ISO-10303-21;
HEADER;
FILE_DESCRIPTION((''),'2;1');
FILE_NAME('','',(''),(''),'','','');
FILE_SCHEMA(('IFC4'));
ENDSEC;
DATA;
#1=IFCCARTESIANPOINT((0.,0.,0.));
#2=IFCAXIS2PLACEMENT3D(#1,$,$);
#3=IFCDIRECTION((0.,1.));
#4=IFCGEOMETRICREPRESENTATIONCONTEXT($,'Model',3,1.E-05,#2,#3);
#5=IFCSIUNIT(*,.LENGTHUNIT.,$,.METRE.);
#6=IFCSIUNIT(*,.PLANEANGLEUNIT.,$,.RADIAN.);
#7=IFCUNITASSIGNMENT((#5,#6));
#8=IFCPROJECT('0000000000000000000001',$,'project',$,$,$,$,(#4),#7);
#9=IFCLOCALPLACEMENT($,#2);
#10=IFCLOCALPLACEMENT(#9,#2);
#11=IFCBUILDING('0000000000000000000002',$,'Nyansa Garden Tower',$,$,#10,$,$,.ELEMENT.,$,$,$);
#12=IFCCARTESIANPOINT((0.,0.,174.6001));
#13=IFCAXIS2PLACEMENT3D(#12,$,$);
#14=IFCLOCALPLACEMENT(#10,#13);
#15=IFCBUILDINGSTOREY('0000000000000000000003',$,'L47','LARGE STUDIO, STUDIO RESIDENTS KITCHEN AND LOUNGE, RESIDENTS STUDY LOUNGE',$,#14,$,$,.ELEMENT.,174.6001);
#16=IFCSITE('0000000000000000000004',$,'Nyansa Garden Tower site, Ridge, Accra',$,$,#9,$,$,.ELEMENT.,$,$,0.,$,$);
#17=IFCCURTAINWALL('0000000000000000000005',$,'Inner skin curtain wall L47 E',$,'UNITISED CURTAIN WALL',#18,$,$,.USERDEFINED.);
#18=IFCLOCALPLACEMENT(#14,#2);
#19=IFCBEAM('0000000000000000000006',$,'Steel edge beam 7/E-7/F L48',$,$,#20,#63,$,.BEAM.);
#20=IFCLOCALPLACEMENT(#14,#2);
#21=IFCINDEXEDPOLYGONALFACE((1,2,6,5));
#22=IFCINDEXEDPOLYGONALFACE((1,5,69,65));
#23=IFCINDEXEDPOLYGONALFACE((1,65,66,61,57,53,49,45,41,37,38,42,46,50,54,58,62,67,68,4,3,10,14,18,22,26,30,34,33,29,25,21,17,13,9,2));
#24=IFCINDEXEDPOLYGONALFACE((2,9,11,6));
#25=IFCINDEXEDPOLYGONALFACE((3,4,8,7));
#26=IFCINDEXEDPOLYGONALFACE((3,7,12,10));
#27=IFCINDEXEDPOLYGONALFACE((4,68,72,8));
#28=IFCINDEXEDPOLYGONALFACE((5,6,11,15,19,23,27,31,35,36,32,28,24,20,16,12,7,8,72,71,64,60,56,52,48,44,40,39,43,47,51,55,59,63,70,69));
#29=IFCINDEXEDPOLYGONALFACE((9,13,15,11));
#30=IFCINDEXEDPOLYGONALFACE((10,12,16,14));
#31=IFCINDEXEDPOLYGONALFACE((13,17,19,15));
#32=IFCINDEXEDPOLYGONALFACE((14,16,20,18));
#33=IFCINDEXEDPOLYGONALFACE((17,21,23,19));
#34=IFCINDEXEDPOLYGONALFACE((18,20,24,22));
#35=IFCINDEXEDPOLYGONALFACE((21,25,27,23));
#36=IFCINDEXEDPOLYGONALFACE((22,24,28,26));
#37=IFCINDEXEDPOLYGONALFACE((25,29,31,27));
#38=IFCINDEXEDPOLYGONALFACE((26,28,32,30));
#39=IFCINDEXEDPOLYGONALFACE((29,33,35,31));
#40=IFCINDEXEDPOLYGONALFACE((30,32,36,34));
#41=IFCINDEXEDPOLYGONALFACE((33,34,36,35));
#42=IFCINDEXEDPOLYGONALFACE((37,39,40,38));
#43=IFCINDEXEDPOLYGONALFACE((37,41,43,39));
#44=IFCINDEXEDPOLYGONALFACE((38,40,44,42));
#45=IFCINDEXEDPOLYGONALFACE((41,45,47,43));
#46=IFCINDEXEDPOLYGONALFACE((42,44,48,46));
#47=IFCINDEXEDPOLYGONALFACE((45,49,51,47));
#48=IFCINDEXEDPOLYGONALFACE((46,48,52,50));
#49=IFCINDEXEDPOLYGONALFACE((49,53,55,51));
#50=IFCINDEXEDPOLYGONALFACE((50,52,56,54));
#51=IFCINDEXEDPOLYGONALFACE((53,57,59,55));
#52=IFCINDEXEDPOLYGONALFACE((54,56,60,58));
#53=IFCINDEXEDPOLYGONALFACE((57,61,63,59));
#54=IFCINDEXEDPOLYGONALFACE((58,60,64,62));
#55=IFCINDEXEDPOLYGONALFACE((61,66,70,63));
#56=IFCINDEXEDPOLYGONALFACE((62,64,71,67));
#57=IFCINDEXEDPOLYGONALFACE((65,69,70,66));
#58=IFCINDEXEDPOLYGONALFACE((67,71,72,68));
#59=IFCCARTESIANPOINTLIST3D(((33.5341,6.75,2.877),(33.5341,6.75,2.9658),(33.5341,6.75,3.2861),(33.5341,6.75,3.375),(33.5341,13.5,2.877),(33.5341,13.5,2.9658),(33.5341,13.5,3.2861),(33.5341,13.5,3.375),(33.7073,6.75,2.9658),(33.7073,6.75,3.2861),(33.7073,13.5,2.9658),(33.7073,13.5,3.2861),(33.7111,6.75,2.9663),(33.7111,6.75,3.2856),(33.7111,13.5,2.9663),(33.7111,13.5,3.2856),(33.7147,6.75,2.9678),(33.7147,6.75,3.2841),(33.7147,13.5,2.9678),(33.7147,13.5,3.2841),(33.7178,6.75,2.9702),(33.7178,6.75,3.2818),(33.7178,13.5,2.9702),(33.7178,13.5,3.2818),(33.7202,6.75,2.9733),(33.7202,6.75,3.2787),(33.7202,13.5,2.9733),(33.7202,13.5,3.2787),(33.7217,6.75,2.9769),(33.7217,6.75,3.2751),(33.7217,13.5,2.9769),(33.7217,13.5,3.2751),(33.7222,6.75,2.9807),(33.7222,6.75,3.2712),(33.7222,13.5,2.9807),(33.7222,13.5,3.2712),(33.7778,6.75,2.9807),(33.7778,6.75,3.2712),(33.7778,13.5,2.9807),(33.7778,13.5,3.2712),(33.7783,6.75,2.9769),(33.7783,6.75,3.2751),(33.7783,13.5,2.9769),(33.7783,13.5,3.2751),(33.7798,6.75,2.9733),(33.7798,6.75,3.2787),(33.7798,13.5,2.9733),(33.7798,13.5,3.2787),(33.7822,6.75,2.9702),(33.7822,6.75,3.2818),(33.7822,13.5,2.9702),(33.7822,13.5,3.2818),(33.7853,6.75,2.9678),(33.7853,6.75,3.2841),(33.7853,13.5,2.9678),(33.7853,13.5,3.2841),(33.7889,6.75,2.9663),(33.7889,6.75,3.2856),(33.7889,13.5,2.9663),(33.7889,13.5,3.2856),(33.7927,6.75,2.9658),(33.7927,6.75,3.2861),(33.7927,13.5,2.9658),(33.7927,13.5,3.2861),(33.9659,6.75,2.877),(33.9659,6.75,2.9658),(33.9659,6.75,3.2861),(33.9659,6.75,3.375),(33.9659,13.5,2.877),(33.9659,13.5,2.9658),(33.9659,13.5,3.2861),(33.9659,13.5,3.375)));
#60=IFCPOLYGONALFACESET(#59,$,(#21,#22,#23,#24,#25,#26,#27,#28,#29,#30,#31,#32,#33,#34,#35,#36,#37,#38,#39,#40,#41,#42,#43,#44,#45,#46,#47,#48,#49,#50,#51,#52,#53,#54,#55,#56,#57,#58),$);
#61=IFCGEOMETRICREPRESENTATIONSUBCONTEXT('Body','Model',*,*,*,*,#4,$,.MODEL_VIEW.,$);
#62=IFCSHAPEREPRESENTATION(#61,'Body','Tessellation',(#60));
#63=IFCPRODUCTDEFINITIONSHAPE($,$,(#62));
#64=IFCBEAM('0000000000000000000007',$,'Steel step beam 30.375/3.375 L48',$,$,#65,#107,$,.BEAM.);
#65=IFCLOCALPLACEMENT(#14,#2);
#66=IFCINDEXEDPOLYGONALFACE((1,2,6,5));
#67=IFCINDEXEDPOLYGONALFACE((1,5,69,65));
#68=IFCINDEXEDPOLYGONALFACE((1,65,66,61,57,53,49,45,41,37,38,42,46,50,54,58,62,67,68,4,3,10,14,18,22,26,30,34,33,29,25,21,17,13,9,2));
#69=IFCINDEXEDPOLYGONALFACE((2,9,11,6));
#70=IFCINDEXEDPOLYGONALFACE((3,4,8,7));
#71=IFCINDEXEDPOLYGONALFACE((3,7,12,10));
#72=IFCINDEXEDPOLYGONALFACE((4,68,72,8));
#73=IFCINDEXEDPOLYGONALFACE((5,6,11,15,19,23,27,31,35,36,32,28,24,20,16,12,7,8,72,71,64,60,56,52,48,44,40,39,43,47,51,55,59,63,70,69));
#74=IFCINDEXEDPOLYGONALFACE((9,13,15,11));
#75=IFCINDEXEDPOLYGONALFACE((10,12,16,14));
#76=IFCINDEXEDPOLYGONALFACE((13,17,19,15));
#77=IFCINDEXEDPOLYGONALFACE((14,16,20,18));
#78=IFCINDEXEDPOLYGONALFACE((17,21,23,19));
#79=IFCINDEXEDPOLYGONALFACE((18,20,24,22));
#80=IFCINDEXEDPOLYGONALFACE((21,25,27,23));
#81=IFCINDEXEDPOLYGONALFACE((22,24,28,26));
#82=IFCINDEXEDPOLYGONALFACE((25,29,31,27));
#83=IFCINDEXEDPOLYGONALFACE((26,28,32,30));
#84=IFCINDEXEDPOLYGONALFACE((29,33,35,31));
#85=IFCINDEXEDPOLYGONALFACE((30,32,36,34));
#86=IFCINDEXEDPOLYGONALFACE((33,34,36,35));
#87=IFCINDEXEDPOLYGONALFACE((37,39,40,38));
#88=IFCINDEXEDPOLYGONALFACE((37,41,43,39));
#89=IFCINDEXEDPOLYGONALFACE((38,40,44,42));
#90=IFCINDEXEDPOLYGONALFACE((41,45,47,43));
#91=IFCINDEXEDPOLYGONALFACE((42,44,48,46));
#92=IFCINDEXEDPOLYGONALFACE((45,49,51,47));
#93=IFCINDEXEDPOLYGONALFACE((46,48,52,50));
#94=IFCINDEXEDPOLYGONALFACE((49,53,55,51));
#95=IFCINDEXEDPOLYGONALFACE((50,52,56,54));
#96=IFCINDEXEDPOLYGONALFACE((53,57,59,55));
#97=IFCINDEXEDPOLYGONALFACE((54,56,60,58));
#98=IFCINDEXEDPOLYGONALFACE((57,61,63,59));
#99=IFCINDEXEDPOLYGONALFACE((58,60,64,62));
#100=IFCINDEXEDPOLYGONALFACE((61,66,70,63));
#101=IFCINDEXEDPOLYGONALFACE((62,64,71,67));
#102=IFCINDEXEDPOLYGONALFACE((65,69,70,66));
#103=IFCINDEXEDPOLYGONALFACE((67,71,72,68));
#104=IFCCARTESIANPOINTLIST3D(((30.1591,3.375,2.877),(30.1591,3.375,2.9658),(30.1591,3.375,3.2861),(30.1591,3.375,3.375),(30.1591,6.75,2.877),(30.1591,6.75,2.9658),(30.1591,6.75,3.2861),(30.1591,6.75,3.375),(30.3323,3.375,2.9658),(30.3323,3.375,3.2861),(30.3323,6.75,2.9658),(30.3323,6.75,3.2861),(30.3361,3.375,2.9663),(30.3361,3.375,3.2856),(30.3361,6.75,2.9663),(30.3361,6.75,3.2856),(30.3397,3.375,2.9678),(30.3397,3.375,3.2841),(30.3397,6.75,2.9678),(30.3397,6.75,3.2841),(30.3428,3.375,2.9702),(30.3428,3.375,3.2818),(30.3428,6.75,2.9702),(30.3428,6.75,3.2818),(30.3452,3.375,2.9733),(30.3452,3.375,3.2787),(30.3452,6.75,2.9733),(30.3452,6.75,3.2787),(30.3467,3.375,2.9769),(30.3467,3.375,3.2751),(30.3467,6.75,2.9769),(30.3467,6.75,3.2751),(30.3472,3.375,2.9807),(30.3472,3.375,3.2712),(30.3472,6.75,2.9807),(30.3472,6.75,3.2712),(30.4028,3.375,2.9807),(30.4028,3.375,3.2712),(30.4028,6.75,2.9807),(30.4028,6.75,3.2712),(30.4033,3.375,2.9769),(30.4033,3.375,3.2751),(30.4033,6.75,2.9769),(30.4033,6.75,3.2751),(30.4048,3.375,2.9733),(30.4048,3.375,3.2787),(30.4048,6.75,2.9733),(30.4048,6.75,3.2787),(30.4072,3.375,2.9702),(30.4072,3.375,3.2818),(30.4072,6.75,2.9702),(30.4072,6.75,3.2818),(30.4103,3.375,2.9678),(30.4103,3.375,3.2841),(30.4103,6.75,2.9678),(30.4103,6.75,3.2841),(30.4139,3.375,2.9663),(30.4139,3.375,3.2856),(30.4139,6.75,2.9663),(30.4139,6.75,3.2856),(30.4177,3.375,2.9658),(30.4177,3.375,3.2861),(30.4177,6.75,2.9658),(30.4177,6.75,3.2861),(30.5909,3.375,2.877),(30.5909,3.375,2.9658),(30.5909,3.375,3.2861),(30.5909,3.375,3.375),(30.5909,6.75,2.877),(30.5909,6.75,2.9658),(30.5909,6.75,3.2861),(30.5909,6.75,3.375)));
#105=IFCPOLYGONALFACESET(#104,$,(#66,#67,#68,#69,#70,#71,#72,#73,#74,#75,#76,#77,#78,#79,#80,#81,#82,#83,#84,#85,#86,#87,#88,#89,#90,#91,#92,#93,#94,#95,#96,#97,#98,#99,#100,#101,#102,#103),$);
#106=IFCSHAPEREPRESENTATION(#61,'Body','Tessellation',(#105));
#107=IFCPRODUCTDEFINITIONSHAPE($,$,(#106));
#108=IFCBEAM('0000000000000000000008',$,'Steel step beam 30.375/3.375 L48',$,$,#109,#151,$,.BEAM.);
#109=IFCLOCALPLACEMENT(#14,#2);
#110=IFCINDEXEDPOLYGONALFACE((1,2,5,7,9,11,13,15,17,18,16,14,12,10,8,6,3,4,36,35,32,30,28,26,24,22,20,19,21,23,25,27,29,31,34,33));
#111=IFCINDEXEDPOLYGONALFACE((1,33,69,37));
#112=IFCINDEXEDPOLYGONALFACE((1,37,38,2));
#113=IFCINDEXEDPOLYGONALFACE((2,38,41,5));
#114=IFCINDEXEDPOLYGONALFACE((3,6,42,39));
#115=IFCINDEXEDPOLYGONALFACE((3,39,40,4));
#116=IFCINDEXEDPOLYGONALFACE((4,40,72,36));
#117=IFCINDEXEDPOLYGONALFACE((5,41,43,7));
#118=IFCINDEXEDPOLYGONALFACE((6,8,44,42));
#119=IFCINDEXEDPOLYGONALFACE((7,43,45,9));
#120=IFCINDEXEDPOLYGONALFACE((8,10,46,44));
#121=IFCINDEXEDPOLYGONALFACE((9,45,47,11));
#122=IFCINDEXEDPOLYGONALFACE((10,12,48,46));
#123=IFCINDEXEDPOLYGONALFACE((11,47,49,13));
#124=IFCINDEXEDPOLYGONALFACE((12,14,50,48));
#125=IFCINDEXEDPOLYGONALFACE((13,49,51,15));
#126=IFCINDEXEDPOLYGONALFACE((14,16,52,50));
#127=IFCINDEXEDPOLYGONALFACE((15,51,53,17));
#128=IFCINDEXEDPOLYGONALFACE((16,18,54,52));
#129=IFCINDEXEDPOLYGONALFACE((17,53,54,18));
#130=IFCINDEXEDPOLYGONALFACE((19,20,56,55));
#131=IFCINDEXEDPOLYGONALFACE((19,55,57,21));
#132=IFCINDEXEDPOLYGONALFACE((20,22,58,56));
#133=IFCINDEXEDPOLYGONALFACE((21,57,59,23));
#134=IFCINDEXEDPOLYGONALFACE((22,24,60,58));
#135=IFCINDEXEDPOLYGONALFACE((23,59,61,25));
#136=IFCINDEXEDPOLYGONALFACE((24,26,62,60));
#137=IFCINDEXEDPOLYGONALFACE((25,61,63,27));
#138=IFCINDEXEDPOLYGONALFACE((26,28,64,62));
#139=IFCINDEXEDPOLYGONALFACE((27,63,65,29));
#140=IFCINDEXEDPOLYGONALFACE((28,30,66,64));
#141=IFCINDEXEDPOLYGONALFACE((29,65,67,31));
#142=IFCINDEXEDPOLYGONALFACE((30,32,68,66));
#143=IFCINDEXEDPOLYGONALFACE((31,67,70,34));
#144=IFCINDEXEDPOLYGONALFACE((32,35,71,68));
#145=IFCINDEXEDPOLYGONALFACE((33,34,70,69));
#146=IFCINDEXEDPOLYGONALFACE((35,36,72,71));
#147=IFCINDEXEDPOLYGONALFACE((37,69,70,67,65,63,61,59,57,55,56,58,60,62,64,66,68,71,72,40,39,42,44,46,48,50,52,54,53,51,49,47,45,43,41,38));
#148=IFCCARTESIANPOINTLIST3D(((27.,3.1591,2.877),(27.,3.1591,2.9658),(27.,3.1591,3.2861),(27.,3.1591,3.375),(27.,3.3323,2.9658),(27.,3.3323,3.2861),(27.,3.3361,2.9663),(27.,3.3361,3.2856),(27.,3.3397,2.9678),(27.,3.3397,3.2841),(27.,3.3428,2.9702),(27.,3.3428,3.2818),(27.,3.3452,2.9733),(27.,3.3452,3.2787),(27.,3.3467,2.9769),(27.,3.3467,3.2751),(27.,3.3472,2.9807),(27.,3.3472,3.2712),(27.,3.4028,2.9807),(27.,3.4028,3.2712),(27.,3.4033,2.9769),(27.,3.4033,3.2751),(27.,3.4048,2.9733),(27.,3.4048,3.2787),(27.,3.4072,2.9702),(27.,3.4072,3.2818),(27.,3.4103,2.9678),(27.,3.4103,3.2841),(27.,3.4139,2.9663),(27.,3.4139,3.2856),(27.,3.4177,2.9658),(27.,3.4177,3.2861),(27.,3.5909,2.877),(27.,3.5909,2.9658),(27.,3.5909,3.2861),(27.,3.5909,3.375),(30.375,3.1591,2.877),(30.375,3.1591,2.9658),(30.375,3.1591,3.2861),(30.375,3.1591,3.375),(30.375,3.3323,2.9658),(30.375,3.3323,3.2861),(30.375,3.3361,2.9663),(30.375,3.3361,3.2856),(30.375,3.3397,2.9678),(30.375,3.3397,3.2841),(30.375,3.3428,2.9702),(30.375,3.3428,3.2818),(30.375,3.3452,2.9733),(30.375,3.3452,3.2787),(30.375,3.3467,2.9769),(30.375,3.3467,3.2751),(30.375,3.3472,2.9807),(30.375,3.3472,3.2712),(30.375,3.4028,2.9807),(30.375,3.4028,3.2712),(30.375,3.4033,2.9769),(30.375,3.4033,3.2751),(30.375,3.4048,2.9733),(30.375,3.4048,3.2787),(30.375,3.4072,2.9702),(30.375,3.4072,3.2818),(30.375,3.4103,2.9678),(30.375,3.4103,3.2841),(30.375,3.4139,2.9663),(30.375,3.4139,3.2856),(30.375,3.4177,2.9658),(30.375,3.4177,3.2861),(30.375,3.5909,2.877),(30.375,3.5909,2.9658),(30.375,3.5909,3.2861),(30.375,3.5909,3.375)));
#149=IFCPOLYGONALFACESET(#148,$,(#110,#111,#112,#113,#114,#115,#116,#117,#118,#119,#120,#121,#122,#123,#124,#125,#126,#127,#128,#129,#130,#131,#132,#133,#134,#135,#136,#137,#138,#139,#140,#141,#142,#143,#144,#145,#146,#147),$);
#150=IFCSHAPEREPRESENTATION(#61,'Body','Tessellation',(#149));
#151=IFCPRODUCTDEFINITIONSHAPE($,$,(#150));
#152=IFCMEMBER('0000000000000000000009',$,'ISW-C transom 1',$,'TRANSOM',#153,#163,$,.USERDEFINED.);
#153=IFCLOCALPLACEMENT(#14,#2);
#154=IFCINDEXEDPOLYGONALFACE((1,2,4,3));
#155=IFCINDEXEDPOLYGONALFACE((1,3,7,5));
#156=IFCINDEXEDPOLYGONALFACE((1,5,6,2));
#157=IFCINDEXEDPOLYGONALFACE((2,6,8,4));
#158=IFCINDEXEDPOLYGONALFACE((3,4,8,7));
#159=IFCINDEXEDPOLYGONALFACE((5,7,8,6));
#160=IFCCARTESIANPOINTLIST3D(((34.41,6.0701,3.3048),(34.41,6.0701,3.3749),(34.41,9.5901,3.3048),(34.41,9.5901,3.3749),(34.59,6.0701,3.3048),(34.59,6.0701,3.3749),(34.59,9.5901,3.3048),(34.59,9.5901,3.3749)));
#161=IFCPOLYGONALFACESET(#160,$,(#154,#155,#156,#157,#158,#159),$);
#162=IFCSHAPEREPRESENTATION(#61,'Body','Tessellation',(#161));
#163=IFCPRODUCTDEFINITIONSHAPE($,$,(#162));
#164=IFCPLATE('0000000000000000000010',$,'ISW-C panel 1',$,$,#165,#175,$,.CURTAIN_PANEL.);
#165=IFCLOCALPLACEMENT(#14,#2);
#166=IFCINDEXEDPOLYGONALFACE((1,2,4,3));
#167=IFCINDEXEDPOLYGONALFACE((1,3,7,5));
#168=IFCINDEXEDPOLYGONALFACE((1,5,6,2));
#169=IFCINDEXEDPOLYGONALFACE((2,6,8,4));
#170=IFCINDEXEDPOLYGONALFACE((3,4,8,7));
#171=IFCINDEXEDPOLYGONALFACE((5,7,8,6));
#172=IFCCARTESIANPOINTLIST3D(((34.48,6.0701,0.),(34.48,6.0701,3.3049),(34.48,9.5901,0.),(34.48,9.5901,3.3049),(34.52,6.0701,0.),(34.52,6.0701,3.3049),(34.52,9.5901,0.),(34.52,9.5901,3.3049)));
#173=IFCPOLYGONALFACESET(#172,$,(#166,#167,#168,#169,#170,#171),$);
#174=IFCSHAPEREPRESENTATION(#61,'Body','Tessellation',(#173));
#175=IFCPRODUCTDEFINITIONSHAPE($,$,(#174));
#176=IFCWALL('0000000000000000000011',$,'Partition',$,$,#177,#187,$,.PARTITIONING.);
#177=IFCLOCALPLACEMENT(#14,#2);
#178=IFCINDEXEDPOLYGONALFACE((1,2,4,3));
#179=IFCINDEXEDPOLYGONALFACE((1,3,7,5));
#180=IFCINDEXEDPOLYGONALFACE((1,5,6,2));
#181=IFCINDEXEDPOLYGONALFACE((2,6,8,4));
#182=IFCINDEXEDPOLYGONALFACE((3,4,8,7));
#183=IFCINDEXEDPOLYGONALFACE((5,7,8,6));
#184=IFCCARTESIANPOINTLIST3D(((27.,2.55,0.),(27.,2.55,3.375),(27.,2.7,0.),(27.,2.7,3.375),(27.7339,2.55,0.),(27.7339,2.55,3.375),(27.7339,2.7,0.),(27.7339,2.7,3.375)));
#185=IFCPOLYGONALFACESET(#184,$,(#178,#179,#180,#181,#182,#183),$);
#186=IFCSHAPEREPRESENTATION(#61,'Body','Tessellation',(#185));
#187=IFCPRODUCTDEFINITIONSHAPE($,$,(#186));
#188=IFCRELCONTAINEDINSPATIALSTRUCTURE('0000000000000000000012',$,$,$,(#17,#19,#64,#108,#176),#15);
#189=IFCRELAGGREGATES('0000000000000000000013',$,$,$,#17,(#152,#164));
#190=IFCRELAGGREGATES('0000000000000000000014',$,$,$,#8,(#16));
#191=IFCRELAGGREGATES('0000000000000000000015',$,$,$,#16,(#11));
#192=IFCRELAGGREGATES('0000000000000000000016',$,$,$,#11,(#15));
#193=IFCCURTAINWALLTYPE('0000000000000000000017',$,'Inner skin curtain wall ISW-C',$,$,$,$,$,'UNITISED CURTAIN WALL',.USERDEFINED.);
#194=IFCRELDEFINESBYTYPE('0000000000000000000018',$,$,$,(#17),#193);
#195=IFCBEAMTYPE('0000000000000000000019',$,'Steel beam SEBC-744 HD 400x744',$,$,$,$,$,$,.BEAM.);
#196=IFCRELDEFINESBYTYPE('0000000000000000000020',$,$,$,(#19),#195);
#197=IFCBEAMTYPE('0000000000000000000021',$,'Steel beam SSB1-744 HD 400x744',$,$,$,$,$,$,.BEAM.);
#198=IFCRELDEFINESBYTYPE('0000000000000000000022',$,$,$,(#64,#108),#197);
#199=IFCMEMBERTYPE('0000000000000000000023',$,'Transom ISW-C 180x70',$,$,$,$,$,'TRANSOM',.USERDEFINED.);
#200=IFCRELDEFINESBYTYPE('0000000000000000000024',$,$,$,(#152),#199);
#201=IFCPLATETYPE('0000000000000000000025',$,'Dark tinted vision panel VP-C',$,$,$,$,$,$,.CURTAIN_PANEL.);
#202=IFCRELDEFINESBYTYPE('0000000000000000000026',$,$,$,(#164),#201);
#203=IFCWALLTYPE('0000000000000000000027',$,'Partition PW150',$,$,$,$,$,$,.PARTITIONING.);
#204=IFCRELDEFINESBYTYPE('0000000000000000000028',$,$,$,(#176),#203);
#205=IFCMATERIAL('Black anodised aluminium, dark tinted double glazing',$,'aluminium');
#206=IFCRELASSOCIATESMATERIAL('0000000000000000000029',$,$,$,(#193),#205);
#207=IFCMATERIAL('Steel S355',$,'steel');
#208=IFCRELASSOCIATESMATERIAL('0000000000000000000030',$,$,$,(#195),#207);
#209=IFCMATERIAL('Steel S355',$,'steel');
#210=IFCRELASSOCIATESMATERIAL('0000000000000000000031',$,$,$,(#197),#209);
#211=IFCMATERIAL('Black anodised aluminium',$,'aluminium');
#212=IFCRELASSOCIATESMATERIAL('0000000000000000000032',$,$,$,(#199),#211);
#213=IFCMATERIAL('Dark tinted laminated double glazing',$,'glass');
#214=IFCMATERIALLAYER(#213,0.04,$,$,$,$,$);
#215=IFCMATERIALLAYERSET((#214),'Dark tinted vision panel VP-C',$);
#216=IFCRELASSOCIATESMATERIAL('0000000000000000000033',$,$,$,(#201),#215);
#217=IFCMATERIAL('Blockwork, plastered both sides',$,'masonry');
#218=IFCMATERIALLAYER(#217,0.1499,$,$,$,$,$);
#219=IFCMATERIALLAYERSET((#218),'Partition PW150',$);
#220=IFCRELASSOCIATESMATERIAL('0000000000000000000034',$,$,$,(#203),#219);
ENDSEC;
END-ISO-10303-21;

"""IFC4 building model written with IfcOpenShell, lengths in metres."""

from ifc_helpers import new_model, si_unit, direction, frame, frame_2d, origin, origin_2d, place, context, subcontext, project, spatial, rectangle, i_section, extrude, material, layer, layer_set, material_profile, profile_set, type_object, element, aggregate, save


model = new_model("IFC4")

# Units and contexts
model_context = context("Model", 3, precision=1e-05, world=origin(), true_north=direction((0.0, 1.0)))
body_context = subcontext(model_context, "Body", "Model", "MODEL_VIEW")
ifc_project = project(units=[si_unit("LENGTHUNIT", "METRE"), si_unit("PLANEANGLEUNIT", "RADIAN")], contexts=[model_context])

# Site, building, storey
site_placement = place(None, origin())
site = spatial("IfcSite", under=ifc_project, at=site_placement, Name="Nyansa Garden Tower site, Ridge, Accra", CompositionType="ELEMENT", RefElevation=0.0)
building_placement = place(site_placement, origin())
building = spatial("IfcBuilding", under=site, at=building_placement, Name="Nyansa Garden Tower", CompositionType="ELEMENT")
storey_placement = place(building_placement, frame((0.0, 0.0, 174.6001)))
storey = spatial("IfcBuildingStorey", under=building, at=storey_placement, Name="L47", Description="LARGE STUDIO, STUDIO RESIDENTS KITCHEN AND LOUNGE, RESIDENTS STUDY LOUNGE", CompositionType="ELEMENT", Elevation=174.6001)

# Curtain wall
ifc_material_1 = material(Name="Black anodised aluminium, dark tinted double glazing", Category="aluminium")
curtain_wall_type = type_object("IfcCurtainWallType", Name="Inner skin curtain wall ISW-C", ElementType="UNITISED CURTAIN WALL", PredefinedType="USERDEFINED", material=ifc_material_1)
curtain_wall_1_placement = place(storey_placement, origin())
curtain_wall_1 = element("IfcCurtainWall", 1, at=curtain_wall_1_placement, inside=storey, type_object=curtain_wall_type, Name="Inner skin curtain wall L47 E", ObjectType="UNITISED CURTAIN WALL", PredefinedType="USERDEFINED")

# Beams
ifc_material_2 = material(Name="Steel S355", Category="steel")
ifc_material_profile_1 = material_profile(ifc_material_2, i_section(OverallWidth=0.4319, OverallDepth=0.498, WebThickness=0.0557, FlangeThickness=0.0889, FilletRadius=0.0149, at=origin_2d()), Name="HD 400x744")
ifc_profile_set_1 = profile_set([ifc_material_profile_1], Name="Steel S355")
beam_type_1 = type_object("IfcBeamType", Name="Steel beam SEBC-744 HD 400x744", PredefinedType="BEAM", material=ifc_profile_set_1)
beam_1_placement = place(storey_placement, frame((33.75, 6.75, 3.126), z_axis=(0.0, 1.0, 0.0), x_axis=(-1.0, 0.0, 0.0)))
element("IfcBeam", 2, at=beam_1_placement, inside=storey, type_object=beam_type_1, Name="Steel edge beam 7/E-7/F L48", PredefinedType="BEAM", context=body_context, shape_type="SweptSolid", body=[
    extrude(i_section(OverallWidth=0.4319, OverallDepth=0.498, WebThickness=0.0557, FlangeThickness=0.0889, FilletRadius=0.0149, at=origin_2d()), origin(), (0.0, 0.0, 1.0), 6.75),
])
ifc_material_3 = material(Name="Steel S355", Category="steel")
ifc_material_profile_2 = material_profile(ifc_material_3, i_section(OverallWidth=0.4319, OverallDepth=0.498, WebThickness=0.0557, FlangeThickness=0.0889, FilletRadius=0.0149, at=origin_2d()), Name="HD 400x744")
ifc_profile_set_2 = profile_set([ifc_material_profile_2], Name="Steel S355")
beam_type_2 = type_object("IfcBeamType", Name="Steel beam SSB1-744 HD 400x744", PredefinedType="BEAM", material=ifc_profile_set_2)
for number, where, z_axis, x_axis, name in (
    (3, (30.375, 3.375, 3.126), (0.0, 1.0, 0.0), (-1.0, 0.0, 0.0), "Steel step beam 30.375/3.375 L48"),
    (4, (30.375, 3.375, 3.126), (-1.0, 0.0, 0.0), (0.0, -1.0, 0.0), "Steel step beam 30.375/3.375 L48"),
):
    element("IfcBeam", number, at=place(storey_placement, frame(where, z_axis=z_axis, x_axis=x_axis)), inside=storey, type_object=beam_type_2, Name=name, PredefinedType="BEAM", context=body_context, shape_type="SweptSolid", body=[
        extrude(i_section(OverallWidth=0.4319, OverallDepth=0.498, WebThickness=0.0557, FlangeThickness=0.0889, FilletRadius=0.0149, at=origin_2d()), origin(), (0.0, 0.0, 1.0), 3.375),
    ])

# Member
ifc_material_4 = material(Name="Black anodised aluminium", Category="aluminium")
ifc_material_profile_3 = material_profile(ifc_material_4, rectangle(XDim=0.1799, YDim=0.0701, at=origin_2d()), Name="Transom 180x70")
ifc_profile_set_3 = profile_set([ifc_material_profile_3], Name="Black anodised aluminium")
member_type_1 = type_object("IfcMemberType", Name="Transom ISW-C 180x70", ElementType="TRANSOM", PredefinedType="USERDEFINED", material=ifc_profile_set_3)
member_1_placement = place(storey_placement, frame((34.5, 6.0701, 3.3398), z_axis=(0.0, 1.0, 0.0), x_axis=(-1.0, 0.0, 0.0)))
member_1 = element("IfcMember", 5, at=member_1_placement, type_object=member_type_1, Name="ISW-C transom 1", ObjectType="TRANSOM", PredefinedType="USERDEFINED", context=body_context, shape_type="SweptSolid", body=[
    extrude(rectangle(XDim=0.1799, YDim=0.0701, at=origin_2d()), origin(), (0.0, 0.0, 1.0), 3.52),
])

# Plate
ifc_material_5 = material(Name="Dark tinted laminated double glazing", Category="glass")
ifc_layer_1 = layer(ifc_material_5, 0.04)
ifc_layer_set_1 = layer_set([ifc_layer_1], Name="Dark tinted vision panel VP-C")
plate_type = type_object("IfcPlateType", Name="Dark tinted vision panel VP-C", PredefinedType="CURTAIN_PANEL", material=ifc_layer_set_1)
plate_placement = place(storey_placement, frame((34.5, 7.8301, 0.0), z_axis=(0.0, 0.0, 1.0), x_axis=(0.0, 1.0, 0.0)))
plate = element("IfcPlate", 6, at=plate_placement, type_object=plate_type, Name="ISW-C panel 1", PredefinedType="CURTAIN_PANEL", context=body_context, shape_type="SweptSolid", body=[
    extrude(rectangle(XDim=3.52, YDim=0.04, at=origin_2d()), origin(), (0.0, 0.0, 1.0), 3.3049),
])
aggregate(curtain_wall_1, [member_1, plate])

# Wall
ifc_material_6 = material(Name="Blockwork, plastered both sides", Category="masonry")
ifc_layer_2 = layer(ifc_material_6, 0.1499)
ifc_layer_set_2 = layer_set([ifc_layer_2], Name="Partition PW150")
wall_type_1 = type_object("IfcWallType", Name="Partition PW150", PredefinedType="PARTITIONING", material=ifc_layer_set_2)
wall_1_placement = place(storey_placement, frame((27.0, 2.625, 0.0), z_axis=(0.0, 0.0, 1.0), x_axis=(1.0, 0.0, 0.0)))
element("IfcWall", 7, at=wall_1_placement, inside=storey, type_object=wall_type_1, Name="Partition", PredefinedType="PARTITIONING", context=body_context, shape_type="SweptSolid", body=[
    extrude(rectangle(XDim=0.7339, YDim=0.1499, at=frame_2d((0.3669, 0.0))), origin(), (0.0, 0.0, 1.0), 3.375),
])

save(model, "model.ifc")
